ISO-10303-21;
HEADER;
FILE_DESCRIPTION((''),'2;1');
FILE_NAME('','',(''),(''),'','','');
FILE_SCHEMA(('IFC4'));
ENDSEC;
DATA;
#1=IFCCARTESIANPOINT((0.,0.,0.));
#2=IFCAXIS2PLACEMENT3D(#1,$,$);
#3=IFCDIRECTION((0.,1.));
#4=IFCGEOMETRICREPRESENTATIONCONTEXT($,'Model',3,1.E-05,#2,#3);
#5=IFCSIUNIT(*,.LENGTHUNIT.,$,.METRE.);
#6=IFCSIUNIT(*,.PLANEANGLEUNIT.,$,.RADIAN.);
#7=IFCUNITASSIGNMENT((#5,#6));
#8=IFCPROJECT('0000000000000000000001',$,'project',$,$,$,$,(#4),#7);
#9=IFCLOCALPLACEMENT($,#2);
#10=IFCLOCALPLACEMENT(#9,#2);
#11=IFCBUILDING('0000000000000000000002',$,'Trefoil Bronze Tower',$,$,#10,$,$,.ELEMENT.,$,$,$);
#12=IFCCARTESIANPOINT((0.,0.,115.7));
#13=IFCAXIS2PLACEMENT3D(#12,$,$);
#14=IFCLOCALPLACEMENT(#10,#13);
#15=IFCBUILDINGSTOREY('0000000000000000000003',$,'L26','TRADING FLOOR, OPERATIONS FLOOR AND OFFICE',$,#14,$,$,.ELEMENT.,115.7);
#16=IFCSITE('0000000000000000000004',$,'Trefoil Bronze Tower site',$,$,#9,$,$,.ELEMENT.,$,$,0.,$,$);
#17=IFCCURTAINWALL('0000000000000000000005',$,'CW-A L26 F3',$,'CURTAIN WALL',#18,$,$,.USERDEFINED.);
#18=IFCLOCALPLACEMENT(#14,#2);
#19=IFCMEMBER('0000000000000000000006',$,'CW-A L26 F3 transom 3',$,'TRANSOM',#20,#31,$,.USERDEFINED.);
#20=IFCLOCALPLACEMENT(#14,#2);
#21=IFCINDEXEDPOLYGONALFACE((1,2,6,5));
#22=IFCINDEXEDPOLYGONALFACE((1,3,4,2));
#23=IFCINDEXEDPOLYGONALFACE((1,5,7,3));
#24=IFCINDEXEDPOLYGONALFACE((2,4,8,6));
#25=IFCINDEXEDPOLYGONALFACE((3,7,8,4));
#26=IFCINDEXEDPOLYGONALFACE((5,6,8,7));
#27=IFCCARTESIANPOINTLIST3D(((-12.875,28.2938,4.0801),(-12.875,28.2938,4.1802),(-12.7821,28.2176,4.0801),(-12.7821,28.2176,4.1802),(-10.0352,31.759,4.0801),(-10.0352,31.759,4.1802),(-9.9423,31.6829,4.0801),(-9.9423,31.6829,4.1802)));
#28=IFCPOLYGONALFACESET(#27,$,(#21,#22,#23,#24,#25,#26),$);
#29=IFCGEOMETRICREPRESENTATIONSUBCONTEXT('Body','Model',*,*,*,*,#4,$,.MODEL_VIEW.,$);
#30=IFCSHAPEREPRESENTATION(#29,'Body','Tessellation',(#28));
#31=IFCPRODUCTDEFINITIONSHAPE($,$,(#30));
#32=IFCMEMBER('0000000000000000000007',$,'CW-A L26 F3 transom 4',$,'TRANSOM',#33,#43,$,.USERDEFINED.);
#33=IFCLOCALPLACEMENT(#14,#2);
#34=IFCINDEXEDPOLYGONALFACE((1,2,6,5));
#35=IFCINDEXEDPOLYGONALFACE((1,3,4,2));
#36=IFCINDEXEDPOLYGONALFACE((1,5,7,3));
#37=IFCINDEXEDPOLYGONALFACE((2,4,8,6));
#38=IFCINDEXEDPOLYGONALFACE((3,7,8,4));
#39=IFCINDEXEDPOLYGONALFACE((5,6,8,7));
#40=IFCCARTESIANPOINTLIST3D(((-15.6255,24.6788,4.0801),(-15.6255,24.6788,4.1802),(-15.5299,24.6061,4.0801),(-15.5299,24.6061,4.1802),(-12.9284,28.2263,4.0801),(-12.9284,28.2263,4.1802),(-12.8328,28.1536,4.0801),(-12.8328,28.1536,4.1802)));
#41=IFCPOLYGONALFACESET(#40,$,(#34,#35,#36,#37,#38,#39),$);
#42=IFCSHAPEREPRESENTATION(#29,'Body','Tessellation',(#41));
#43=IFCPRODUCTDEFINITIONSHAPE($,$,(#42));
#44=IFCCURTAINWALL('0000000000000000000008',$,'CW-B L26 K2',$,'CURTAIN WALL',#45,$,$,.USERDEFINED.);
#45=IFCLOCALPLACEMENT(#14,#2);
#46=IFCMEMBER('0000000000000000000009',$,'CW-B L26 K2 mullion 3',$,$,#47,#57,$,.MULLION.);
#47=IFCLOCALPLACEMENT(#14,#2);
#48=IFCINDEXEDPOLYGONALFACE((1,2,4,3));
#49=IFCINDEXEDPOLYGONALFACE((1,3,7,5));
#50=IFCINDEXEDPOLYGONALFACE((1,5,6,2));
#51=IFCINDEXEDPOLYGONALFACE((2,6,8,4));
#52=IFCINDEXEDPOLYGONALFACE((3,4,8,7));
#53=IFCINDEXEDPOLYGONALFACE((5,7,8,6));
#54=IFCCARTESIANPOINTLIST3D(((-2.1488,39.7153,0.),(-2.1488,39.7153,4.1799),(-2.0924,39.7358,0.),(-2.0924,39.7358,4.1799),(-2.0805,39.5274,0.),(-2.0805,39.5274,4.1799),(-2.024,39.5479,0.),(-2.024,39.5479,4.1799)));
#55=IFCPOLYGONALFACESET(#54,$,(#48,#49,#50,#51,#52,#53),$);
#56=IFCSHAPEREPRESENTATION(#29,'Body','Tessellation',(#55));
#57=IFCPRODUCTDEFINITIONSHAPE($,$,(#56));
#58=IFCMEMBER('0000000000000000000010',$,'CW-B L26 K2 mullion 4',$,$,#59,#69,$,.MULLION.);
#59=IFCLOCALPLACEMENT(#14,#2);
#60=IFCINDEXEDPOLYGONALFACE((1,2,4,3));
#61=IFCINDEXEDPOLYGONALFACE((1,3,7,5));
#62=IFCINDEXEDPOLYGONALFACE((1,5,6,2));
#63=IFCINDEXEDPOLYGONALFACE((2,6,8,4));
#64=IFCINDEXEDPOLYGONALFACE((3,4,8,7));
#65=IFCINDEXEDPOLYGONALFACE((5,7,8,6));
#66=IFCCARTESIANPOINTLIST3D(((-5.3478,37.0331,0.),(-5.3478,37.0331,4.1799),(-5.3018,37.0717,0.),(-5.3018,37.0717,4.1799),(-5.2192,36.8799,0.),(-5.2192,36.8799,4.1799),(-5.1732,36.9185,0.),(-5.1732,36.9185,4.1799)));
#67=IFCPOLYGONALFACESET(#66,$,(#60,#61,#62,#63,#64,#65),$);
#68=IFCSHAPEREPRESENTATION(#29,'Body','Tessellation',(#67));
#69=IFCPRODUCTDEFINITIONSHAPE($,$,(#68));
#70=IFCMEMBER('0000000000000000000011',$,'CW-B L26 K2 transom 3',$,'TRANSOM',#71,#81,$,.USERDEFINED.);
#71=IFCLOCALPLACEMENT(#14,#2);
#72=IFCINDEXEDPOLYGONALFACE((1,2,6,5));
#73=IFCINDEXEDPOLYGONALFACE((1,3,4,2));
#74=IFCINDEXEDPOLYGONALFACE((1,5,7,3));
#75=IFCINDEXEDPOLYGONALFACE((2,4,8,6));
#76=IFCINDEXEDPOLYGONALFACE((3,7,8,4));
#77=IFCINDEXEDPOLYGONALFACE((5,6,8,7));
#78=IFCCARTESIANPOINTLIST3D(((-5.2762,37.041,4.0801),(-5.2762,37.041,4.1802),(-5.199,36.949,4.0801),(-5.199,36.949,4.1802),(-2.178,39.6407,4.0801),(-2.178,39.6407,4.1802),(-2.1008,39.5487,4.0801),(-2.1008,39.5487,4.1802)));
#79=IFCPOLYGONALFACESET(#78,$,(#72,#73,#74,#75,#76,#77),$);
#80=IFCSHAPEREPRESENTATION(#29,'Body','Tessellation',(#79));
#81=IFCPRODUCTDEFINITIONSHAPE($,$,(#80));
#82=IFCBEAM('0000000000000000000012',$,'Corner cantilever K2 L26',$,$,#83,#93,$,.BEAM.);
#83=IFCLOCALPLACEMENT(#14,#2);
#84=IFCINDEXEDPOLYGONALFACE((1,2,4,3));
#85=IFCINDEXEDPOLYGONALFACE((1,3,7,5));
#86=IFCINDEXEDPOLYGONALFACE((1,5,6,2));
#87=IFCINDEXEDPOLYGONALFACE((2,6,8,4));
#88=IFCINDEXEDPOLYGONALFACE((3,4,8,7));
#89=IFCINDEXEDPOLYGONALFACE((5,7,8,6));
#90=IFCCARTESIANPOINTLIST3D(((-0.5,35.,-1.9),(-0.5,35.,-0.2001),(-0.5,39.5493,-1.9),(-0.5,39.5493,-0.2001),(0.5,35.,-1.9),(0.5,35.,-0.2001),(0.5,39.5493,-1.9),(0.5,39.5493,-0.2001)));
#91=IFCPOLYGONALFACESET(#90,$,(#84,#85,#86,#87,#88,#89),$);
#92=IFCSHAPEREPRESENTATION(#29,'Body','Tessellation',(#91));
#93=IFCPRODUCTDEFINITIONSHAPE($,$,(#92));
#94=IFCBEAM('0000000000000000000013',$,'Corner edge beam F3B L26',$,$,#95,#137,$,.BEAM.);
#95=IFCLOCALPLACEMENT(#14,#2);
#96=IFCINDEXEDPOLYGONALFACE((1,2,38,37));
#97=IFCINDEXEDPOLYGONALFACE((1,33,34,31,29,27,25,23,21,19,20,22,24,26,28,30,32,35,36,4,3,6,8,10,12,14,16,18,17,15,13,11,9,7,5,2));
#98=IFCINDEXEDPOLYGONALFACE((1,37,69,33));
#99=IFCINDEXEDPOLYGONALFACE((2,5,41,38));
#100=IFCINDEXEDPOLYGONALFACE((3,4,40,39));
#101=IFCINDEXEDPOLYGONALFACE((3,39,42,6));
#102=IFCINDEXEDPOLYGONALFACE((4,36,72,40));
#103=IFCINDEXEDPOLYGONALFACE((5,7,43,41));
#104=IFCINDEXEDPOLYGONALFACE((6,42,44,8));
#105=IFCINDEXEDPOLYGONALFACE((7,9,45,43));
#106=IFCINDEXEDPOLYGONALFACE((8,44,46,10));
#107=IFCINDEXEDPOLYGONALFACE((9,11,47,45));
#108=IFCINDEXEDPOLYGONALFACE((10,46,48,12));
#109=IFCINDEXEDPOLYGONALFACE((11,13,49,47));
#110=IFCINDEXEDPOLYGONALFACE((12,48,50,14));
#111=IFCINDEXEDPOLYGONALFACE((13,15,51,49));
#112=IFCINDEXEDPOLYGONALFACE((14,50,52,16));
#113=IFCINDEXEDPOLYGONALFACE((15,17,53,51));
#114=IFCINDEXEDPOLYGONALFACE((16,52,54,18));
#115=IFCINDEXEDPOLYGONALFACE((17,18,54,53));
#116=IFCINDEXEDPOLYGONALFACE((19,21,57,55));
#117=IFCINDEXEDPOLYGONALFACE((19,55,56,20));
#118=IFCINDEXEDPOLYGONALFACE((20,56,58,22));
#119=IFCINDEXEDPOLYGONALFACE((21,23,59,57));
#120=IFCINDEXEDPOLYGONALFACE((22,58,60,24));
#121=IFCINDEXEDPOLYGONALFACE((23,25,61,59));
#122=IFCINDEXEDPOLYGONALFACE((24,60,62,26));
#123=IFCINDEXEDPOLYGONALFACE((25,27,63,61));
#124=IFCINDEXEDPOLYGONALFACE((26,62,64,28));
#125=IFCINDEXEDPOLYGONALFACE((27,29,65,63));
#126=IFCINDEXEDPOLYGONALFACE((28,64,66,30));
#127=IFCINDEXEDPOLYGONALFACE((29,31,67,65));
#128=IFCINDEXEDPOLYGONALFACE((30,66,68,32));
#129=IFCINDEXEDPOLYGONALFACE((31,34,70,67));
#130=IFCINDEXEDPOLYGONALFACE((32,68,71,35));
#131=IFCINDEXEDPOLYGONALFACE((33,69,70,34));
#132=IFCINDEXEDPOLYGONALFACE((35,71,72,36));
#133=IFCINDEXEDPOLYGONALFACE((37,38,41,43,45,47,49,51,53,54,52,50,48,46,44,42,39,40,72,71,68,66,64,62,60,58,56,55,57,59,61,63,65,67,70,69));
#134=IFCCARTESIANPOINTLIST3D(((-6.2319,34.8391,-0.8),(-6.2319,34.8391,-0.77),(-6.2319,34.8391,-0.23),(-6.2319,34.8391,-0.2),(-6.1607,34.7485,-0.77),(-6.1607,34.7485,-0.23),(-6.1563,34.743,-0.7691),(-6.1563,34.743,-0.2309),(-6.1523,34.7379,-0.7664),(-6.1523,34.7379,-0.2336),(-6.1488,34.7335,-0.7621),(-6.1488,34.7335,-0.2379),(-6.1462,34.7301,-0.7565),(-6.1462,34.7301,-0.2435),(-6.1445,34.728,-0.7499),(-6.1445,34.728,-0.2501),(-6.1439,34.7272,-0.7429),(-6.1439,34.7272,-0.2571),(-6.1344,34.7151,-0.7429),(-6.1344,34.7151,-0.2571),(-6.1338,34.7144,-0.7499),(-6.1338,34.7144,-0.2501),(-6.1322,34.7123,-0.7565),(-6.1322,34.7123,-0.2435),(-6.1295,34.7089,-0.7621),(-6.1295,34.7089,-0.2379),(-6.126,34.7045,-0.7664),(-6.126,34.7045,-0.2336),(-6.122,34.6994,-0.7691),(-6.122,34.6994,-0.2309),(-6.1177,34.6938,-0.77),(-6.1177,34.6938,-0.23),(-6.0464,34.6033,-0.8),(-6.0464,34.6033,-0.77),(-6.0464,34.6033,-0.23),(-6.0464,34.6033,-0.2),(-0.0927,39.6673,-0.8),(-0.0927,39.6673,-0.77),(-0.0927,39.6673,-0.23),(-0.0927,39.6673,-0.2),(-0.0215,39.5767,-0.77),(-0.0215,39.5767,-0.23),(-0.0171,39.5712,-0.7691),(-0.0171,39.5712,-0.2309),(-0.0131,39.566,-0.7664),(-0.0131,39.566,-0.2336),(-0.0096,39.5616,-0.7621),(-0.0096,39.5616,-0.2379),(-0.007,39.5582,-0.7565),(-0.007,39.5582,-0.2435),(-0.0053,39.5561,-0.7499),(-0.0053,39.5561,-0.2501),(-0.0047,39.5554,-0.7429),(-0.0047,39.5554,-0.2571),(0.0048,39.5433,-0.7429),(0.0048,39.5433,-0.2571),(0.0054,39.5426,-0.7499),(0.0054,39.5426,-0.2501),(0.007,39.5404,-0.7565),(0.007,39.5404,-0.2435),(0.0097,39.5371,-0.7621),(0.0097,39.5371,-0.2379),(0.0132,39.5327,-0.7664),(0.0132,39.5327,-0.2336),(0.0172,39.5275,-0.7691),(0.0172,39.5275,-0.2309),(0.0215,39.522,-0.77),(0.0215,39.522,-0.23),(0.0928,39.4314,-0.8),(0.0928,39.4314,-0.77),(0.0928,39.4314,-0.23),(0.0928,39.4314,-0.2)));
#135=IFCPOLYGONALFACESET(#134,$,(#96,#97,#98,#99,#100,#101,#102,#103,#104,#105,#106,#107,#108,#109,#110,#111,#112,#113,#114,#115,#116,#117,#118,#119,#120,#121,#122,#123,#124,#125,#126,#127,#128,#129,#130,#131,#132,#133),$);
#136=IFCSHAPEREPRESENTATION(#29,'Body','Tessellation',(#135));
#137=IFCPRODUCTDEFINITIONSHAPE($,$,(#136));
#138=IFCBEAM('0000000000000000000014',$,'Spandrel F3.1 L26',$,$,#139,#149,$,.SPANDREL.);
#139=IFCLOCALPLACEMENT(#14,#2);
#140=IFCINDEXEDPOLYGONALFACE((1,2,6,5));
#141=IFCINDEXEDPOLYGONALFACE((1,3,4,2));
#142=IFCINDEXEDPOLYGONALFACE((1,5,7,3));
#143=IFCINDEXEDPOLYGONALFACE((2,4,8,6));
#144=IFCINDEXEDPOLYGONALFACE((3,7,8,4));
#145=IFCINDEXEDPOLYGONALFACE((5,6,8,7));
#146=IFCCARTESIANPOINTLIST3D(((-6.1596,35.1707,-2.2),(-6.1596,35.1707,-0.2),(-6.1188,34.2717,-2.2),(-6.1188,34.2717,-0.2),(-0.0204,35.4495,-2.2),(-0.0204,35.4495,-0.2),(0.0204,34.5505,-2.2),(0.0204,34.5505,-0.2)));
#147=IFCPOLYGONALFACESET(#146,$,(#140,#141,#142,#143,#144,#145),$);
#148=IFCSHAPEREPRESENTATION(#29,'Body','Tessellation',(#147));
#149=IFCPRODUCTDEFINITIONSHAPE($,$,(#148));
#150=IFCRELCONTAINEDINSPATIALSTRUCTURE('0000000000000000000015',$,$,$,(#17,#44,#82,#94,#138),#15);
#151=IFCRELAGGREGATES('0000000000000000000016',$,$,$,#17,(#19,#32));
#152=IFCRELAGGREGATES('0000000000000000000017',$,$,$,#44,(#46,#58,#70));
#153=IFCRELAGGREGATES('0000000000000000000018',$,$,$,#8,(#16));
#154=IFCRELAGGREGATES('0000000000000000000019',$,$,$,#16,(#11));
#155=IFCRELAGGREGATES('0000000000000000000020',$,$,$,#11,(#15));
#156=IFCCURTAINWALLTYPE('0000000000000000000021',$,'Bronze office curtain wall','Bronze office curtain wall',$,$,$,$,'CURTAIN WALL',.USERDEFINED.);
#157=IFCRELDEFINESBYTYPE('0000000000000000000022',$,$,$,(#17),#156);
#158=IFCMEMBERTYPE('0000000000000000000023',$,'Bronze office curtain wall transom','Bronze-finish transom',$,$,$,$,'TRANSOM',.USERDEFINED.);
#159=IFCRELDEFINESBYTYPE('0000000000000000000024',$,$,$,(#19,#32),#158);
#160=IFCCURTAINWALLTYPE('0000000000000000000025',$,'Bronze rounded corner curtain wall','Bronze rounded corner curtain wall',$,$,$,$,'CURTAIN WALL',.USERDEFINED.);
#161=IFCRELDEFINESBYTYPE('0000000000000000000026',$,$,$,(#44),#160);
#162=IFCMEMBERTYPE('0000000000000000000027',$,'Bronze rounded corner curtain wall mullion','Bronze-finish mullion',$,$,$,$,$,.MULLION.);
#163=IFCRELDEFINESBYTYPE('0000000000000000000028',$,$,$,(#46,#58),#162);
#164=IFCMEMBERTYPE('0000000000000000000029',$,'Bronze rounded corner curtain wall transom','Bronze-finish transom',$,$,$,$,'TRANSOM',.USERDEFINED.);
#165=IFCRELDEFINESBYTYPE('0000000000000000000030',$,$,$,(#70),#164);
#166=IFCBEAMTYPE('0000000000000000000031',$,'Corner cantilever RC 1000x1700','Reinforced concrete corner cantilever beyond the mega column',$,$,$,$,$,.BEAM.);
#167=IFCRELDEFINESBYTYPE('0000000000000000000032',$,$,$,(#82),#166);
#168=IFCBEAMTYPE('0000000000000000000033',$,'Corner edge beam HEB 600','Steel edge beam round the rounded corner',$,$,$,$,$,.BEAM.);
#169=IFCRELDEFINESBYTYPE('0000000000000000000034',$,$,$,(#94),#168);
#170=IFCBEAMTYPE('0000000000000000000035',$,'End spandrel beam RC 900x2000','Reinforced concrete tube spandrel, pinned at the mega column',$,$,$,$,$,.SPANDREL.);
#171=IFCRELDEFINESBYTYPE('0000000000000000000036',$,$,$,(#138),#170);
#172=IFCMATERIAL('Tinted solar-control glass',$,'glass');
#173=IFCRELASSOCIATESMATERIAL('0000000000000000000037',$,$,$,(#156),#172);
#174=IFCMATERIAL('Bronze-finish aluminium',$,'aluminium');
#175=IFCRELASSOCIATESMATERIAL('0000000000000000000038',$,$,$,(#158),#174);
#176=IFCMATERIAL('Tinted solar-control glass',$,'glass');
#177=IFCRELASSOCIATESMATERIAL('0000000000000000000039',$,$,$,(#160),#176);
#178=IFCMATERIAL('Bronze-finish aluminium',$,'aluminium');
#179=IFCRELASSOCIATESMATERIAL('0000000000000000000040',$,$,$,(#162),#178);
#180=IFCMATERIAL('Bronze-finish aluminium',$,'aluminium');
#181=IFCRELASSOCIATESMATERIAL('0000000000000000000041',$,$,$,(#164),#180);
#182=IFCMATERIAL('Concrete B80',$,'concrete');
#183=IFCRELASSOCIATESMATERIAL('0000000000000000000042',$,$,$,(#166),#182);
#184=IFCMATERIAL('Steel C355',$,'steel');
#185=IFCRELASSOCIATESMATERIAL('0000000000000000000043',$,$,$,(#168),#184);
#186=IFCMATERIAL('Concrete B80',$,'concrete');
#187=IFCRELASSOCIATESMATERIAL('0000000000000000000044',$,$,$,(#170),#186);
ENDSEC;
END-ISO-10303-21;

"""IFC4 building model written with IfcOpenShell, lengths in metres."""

from ifc_helpers import new_model, si_unit, direction, frame, origin, origin_2d, place, context, subcontext, project, spatial, rectangle, i_section, extrude, material, material_profile, profile_set, type_object, element, aggregate, save


model = new_model("IFC4")

# Units and contexts
model_context = context("Model", 3, precision=1e-05, world=origin(), true_north=direction((0.0, 1.0)))
body_context = subcontext(model_context, "Body", "Model", "MODEL_VIEW")
ifc_project = project(units=[si_unit("LENGTHUNIT", "METRE"), si_unit("PLANEANGLEUNIT", "RADIAN")], contexts=[model_context])

# Site, building, storey
site_placement = place(None, origin())
site = spatial("IfcSite", under=ifc_project, at=site_placement, Name="Trefoil Bronze Tower site", CompositionType="ELEMENT", RefElevation=0.0)
building_placement = place(site_placement, origin())
building = spatial("IfcBuilding", under=site, at=building_placement, Name="Trefoil Bronze Tower", CompositionType="ELEMENT")
storey_placement = place(building_placement, frame((0.0, 0.0, 115.7)))
storey = spatial("IfcBuildingStorey", under=building, at=storey_placement, Name="L26", Description="TRADING FLOOR, OPERATIONS FLOOR AND OFFICE", CompositionType="ELEMENT", Elevation=115.7)

# Curtain walls, members
ifc_material_1 = material(Name="Tinted solar-control glass", Category="glass")
curtain_wall_type_1 = type_object("IfcCurtainWallType", Name="Bronze office curtain wall", Description="Bronze office curtain wall", ElementType="CURTAIN WALL", PredefinedType="USERDEFINED", material=ifc_material_1)
curtain_wall_1_placement = place(storey_placement, origin())
curtain_wall_1 = element("IfcCurtainWall", 1, at=curtain_wall_1_placement, inside=storey, type_object=curtain_wall_type_1, Name="CW-A L26 F3", ObjectType="CURTAIN WALL", PredefinedType="USERDEFINED")
ifc_material_2 = material(Name="Bronze-finish aluminium", Category="aluminium")
ifc_material_profile_1 = material_profile(ifc_material_2, rectangle(XDim=0.1201, YDim=0.1001, at=origin_2d()), Name="CW-A transom")
ifc_profile_set_1 = profile_set([ifc_material_profile_1], Name="Bronze-finish aluminium")
member_type_1 = type_object("IfcMemberType", Name="Bronze office curtain wall transom", Description="Bronze-finish transom", ElementType="TRANSOM", PredefinedType="USERDEFINED", material=ifc_profile_set_1)
member_1_placement = place(storey_placement, frame((-9.9888, 31.7209, 4.1301), z_axis=(-0.633849, -0.773457, 0.0), x_axis=(0.773457, -0.633849, 0.0)))
member_1 = element("IfcMember", 2, at=member_1_placement, type_object=member_type_1, Name="CW-A L26 F3 transom 3", ObjectType="TRANSOM", PredefinedType="USERDEFINED", context=body_context, shape_type="SweptSolid", body=[
    extrude(rectangle(XDim=0.1201, YDim=0.1001, at=origin_2d()), origin(), (0.0, 0.0, 1.0), 4.4802),
])
member_2_placement = place(storey_placement, frame((-12.8806, 28.1899, 4.1301), z_axis=(-0.605229, -0.796051, 0.0), x_axis=(0.796051, -0.605229, 0.0)))
member_2 = element("IfcMember", 3, at=member_2_placement, type_object=member_type_1, Name="CW-A L26 F3 transom 4", ObjectType="TRANSOM", PredefinedType="USERDEFINED", context=body_context, shape_type="SweptSolid", body=[
    extrude(rectangle(XDim=0.1201, YDim=0.1001, at=origin_2d()), origin(), (0.0, 0.0, 1.0), 4.4563),
])
ifc_material_3 = material(Name="Tinted solar-control glass", Category="glass")
curtain_wall_type_2 = type_object("IfcCurtainWallType", Name="Bronze rounded corner curtain wall", Description="Bronze rounded corner curtain wall", ElementType="CURTAIN WALL", PredefinedType="USERDEFINED", material=ifc_material_3)
curtain_wall_2_placement = place(storey_placement, origin())
curtain_wall_2 = element("IfcCurtainWall", 4, at=curtain_wall_2_placement, inside=storey, type_object=curtain_wall_type_2, Name="CW-B L26 K2", ObjectType="CURTAIN WALL", PredefinedType="USERDEFINED")
ifc_material_4 = material(Name="Bronze-finish aluminium", Category="aluminium")
ifc_material_profile_2 = material_profile(ifc_material_4, rectangle(XDim=0.2, YDim=0.0601, at=origin_2d()), Name="CW-B mullion")
ifc_profile_set_2 = profile_set([ifc_material_profile_2], Name="Bronze-finish aluminium")
member_type_2 = type_object("IfcMemberType", Name="Bronze rounded corner curtain wall mullion", Description="Bronze-finish mullion", PredefinedType="MULLION", material=ifc_profile_set_2)
member_3_placement = place(storey_placement, frame((-2.0864, 39.6316, 0.0), z_axis=(0.0, 0.0, 1.0), x_axis=(0.34202, -0.939693, 0.0)))
member_3 = element("IfcMember", 5, at=member_3_placement, type_object=member_type_2, Name="CW-B L26 K2 mullion 3", PredefinedType="MULLION", context=body_context, shape_type="SweptSolid", body=[
    extrude(rectangle(XDim=0.2, YDim=0.0601, at=origin_2d()), origin(), (0.0, 0.0, 1.0), 4.1799),
])
member_4_placement = place(storey_placement, frame((-5.2605, 36.9758, 0.0), z_axis=(0.0, 0.0, 1.0), x_axis=(0.642788, -0.766044, 0.0)))
member_4 = element("IfcMember", 6, at=member_4_placement, type_object=member_type_2, Name="CW-B L26 K2 mullion 4", PredefinedType="MULLION", context=body_context, shape_type="SweptSolid", body=[
    extrude(rectangle(XDim=0.2, YDim=0.0601, at=origin_2d()), origin(), (0.0, 0.0, 1.0), 4.1799),
])
ifc_material_5 = material(Name="Bronze-finish aluminium", Category="aluminium")
ifc_material_profile_3 = material_profile(ifc_material_5, rectangle(XDim=0.1201, YDim=0.1001, at=origin_2d()), Name="CW-B transom")
ifc_profile_set_3 = profile_set([ifc_material_profile_3], Name="Bronze-finish aluminium")
member_type_3 = type_object("IfcMemberType", Name="Bronze rounded corner curtain wall transom", Description="Bronze-finish transom", ElementType="TRANSOM", PredefinedType="USERDEFINED", material=ifc_profile_set_3)
member_5_placement = place(storey_placement, frame((-2.1394, 39.5947, 4.1301), z_axis=(-0.76605, -0.642781, 0.0), x_axis=(0.642781, -0.76605, 0.0)))
member_5 = element("IfcMember", 7, at=member_5_placement, type_object=member_type_3, Name="CW-B L26 K2 transom 3", ObjectType="TRANSOM", PredefinedType="USERDEFINED", context=body_context, shape_type="SweptSolid", body=[
    extrude(rectangle(XDim=0.1201, YDim=0.1001, at=origin_2d()), origin(), (0.0, 0.0, 1.0), 4.0444),
])

# Beams
ifc_material_6 = material(Name="Concrete B80", Category="concrete")
ifc_material_profile_4 = material_profile(ifc_material_6, rectangle(XDim=1.0, YDim=1.7, at=origin_2d()), Name="RC 1000x1700")
ifc_profile_set_4 = profile_set([ifc_material_profile_4], Name="Concrete B80")
beam_type_1 = type_object("IfcBeamType", Name="Corner cantilever RC 1000x1700", Description="Reinforced concrete corner cantilever beyond the mega column", PredefinedType="BEAM", material=ifc_profile_set_4)
beam_1_placement = place(storey_placement, frame((0.0, 35.0, -1.05), z_axis=(0.0, 1.0, 0.0), x_axis=(-1.0, 0.0, 0.0)))
element("IfcBeam", 8, at=beam_1_placement, inside=storey, type_object=beam_type_1, Name="Corner cantilever K2 L26", PredefinedType="BEAM", context=body_context, shape_type="SweptSolid", body=[
    extrude(rectangle(XDim=1.0, YDim=1.7, at=origin_2d()), origin(), (0.0, 0.0, 1.0), 4.5493),
])
ifc_material_7 = material(Name="Steel C355", Category="steel")
ifc_material_profile_5 = material_profile(ifc_material_7, i_section(OverallWidth=0.3, OverallDepth=0.6001, WebThickness=0.0154, FlangeThickness=0.03, FilletRadius=0.0271, at=origin_2d()), Name="HEB 600")
ifc_profile_set_5 = profile_set([ifc_material_profile_5], Name="Steel C355")
beam_type_2 = type_object("IfcBeamType", Name="Corner edge beam HEB 600", Description="Steel edge beam round the rounded corner", PredefinedType="BEAM", material=ifc_profile_set_5)
beam_2_placement = place(storey_placement, frame((-6.1392, 34.7212, -0.5), z_axis=(0.786038, 0.618178, 0.0), x_axis=(-0.618178, 0.786038, 0.0)))
element("IfcBeam", 9, at=beam_2_placement, inside=storey, type_object=beam_type_2, Name="Corner edge beam F3B L26", PredefinedType="BEAM", context=body_context, shape_type="SweptSolid", body=[
    extrude(i_section(OverallWidth=0.3, OverallDepth=0.6001, WebThickness=0.0154, FlangeThickness=0.03, FilletRadius=0.0271, at=origin_2d()), origin(), (0.0, 0.0, 1.0), 7.8103),
])
ifc_material_8 = material(Name="Concrete B80", Category="concrete")
ifc_material_profile_6 = material_profile(ifc_material_8, rectangle(XDim=0.8999, YDim=2.0, at=origin_2d()), Name="RC 900x2000")
ifc_profile_set_6 = profile_set([ifc_material_profile_6], Name="Concrete B80")
beam_type_3 = type_object("IfcBeamType", Name="End spandrel beam RC 900x2000", Description="Reinforced concrete tube spandrel, pinned at the mega column", PredefinedType="SPANDREL", material=ifc_profile_set_6)
beam_3_placement = place(storey_placement, frame((0.0, 35.0, -1.2), z_axis=(-0.99897, -0.045368, 0.0), x_axis=(0.045368, -0.99897, 0.0)))
element("IfcBeam", 10, at=beam_3_placement, inside=storey, type_object=beam_type_3, Name="Spandrel F3.1 L26", PredefinedType="SPANDREL", context=body_context, shape_type="SweptSolid", body=[
    extrude(rectangle(XDim=0.8999, YDim=2.0, at=origin_2d()), origin(), (0.0, 0.0, 1.0), 6.1455),
])

aggregate(curtain_wall_1, [member_1, member_2])
aggregate(curtain_wall_2, [member_3, member_4, member_5])

save(model, "model.ifc")
